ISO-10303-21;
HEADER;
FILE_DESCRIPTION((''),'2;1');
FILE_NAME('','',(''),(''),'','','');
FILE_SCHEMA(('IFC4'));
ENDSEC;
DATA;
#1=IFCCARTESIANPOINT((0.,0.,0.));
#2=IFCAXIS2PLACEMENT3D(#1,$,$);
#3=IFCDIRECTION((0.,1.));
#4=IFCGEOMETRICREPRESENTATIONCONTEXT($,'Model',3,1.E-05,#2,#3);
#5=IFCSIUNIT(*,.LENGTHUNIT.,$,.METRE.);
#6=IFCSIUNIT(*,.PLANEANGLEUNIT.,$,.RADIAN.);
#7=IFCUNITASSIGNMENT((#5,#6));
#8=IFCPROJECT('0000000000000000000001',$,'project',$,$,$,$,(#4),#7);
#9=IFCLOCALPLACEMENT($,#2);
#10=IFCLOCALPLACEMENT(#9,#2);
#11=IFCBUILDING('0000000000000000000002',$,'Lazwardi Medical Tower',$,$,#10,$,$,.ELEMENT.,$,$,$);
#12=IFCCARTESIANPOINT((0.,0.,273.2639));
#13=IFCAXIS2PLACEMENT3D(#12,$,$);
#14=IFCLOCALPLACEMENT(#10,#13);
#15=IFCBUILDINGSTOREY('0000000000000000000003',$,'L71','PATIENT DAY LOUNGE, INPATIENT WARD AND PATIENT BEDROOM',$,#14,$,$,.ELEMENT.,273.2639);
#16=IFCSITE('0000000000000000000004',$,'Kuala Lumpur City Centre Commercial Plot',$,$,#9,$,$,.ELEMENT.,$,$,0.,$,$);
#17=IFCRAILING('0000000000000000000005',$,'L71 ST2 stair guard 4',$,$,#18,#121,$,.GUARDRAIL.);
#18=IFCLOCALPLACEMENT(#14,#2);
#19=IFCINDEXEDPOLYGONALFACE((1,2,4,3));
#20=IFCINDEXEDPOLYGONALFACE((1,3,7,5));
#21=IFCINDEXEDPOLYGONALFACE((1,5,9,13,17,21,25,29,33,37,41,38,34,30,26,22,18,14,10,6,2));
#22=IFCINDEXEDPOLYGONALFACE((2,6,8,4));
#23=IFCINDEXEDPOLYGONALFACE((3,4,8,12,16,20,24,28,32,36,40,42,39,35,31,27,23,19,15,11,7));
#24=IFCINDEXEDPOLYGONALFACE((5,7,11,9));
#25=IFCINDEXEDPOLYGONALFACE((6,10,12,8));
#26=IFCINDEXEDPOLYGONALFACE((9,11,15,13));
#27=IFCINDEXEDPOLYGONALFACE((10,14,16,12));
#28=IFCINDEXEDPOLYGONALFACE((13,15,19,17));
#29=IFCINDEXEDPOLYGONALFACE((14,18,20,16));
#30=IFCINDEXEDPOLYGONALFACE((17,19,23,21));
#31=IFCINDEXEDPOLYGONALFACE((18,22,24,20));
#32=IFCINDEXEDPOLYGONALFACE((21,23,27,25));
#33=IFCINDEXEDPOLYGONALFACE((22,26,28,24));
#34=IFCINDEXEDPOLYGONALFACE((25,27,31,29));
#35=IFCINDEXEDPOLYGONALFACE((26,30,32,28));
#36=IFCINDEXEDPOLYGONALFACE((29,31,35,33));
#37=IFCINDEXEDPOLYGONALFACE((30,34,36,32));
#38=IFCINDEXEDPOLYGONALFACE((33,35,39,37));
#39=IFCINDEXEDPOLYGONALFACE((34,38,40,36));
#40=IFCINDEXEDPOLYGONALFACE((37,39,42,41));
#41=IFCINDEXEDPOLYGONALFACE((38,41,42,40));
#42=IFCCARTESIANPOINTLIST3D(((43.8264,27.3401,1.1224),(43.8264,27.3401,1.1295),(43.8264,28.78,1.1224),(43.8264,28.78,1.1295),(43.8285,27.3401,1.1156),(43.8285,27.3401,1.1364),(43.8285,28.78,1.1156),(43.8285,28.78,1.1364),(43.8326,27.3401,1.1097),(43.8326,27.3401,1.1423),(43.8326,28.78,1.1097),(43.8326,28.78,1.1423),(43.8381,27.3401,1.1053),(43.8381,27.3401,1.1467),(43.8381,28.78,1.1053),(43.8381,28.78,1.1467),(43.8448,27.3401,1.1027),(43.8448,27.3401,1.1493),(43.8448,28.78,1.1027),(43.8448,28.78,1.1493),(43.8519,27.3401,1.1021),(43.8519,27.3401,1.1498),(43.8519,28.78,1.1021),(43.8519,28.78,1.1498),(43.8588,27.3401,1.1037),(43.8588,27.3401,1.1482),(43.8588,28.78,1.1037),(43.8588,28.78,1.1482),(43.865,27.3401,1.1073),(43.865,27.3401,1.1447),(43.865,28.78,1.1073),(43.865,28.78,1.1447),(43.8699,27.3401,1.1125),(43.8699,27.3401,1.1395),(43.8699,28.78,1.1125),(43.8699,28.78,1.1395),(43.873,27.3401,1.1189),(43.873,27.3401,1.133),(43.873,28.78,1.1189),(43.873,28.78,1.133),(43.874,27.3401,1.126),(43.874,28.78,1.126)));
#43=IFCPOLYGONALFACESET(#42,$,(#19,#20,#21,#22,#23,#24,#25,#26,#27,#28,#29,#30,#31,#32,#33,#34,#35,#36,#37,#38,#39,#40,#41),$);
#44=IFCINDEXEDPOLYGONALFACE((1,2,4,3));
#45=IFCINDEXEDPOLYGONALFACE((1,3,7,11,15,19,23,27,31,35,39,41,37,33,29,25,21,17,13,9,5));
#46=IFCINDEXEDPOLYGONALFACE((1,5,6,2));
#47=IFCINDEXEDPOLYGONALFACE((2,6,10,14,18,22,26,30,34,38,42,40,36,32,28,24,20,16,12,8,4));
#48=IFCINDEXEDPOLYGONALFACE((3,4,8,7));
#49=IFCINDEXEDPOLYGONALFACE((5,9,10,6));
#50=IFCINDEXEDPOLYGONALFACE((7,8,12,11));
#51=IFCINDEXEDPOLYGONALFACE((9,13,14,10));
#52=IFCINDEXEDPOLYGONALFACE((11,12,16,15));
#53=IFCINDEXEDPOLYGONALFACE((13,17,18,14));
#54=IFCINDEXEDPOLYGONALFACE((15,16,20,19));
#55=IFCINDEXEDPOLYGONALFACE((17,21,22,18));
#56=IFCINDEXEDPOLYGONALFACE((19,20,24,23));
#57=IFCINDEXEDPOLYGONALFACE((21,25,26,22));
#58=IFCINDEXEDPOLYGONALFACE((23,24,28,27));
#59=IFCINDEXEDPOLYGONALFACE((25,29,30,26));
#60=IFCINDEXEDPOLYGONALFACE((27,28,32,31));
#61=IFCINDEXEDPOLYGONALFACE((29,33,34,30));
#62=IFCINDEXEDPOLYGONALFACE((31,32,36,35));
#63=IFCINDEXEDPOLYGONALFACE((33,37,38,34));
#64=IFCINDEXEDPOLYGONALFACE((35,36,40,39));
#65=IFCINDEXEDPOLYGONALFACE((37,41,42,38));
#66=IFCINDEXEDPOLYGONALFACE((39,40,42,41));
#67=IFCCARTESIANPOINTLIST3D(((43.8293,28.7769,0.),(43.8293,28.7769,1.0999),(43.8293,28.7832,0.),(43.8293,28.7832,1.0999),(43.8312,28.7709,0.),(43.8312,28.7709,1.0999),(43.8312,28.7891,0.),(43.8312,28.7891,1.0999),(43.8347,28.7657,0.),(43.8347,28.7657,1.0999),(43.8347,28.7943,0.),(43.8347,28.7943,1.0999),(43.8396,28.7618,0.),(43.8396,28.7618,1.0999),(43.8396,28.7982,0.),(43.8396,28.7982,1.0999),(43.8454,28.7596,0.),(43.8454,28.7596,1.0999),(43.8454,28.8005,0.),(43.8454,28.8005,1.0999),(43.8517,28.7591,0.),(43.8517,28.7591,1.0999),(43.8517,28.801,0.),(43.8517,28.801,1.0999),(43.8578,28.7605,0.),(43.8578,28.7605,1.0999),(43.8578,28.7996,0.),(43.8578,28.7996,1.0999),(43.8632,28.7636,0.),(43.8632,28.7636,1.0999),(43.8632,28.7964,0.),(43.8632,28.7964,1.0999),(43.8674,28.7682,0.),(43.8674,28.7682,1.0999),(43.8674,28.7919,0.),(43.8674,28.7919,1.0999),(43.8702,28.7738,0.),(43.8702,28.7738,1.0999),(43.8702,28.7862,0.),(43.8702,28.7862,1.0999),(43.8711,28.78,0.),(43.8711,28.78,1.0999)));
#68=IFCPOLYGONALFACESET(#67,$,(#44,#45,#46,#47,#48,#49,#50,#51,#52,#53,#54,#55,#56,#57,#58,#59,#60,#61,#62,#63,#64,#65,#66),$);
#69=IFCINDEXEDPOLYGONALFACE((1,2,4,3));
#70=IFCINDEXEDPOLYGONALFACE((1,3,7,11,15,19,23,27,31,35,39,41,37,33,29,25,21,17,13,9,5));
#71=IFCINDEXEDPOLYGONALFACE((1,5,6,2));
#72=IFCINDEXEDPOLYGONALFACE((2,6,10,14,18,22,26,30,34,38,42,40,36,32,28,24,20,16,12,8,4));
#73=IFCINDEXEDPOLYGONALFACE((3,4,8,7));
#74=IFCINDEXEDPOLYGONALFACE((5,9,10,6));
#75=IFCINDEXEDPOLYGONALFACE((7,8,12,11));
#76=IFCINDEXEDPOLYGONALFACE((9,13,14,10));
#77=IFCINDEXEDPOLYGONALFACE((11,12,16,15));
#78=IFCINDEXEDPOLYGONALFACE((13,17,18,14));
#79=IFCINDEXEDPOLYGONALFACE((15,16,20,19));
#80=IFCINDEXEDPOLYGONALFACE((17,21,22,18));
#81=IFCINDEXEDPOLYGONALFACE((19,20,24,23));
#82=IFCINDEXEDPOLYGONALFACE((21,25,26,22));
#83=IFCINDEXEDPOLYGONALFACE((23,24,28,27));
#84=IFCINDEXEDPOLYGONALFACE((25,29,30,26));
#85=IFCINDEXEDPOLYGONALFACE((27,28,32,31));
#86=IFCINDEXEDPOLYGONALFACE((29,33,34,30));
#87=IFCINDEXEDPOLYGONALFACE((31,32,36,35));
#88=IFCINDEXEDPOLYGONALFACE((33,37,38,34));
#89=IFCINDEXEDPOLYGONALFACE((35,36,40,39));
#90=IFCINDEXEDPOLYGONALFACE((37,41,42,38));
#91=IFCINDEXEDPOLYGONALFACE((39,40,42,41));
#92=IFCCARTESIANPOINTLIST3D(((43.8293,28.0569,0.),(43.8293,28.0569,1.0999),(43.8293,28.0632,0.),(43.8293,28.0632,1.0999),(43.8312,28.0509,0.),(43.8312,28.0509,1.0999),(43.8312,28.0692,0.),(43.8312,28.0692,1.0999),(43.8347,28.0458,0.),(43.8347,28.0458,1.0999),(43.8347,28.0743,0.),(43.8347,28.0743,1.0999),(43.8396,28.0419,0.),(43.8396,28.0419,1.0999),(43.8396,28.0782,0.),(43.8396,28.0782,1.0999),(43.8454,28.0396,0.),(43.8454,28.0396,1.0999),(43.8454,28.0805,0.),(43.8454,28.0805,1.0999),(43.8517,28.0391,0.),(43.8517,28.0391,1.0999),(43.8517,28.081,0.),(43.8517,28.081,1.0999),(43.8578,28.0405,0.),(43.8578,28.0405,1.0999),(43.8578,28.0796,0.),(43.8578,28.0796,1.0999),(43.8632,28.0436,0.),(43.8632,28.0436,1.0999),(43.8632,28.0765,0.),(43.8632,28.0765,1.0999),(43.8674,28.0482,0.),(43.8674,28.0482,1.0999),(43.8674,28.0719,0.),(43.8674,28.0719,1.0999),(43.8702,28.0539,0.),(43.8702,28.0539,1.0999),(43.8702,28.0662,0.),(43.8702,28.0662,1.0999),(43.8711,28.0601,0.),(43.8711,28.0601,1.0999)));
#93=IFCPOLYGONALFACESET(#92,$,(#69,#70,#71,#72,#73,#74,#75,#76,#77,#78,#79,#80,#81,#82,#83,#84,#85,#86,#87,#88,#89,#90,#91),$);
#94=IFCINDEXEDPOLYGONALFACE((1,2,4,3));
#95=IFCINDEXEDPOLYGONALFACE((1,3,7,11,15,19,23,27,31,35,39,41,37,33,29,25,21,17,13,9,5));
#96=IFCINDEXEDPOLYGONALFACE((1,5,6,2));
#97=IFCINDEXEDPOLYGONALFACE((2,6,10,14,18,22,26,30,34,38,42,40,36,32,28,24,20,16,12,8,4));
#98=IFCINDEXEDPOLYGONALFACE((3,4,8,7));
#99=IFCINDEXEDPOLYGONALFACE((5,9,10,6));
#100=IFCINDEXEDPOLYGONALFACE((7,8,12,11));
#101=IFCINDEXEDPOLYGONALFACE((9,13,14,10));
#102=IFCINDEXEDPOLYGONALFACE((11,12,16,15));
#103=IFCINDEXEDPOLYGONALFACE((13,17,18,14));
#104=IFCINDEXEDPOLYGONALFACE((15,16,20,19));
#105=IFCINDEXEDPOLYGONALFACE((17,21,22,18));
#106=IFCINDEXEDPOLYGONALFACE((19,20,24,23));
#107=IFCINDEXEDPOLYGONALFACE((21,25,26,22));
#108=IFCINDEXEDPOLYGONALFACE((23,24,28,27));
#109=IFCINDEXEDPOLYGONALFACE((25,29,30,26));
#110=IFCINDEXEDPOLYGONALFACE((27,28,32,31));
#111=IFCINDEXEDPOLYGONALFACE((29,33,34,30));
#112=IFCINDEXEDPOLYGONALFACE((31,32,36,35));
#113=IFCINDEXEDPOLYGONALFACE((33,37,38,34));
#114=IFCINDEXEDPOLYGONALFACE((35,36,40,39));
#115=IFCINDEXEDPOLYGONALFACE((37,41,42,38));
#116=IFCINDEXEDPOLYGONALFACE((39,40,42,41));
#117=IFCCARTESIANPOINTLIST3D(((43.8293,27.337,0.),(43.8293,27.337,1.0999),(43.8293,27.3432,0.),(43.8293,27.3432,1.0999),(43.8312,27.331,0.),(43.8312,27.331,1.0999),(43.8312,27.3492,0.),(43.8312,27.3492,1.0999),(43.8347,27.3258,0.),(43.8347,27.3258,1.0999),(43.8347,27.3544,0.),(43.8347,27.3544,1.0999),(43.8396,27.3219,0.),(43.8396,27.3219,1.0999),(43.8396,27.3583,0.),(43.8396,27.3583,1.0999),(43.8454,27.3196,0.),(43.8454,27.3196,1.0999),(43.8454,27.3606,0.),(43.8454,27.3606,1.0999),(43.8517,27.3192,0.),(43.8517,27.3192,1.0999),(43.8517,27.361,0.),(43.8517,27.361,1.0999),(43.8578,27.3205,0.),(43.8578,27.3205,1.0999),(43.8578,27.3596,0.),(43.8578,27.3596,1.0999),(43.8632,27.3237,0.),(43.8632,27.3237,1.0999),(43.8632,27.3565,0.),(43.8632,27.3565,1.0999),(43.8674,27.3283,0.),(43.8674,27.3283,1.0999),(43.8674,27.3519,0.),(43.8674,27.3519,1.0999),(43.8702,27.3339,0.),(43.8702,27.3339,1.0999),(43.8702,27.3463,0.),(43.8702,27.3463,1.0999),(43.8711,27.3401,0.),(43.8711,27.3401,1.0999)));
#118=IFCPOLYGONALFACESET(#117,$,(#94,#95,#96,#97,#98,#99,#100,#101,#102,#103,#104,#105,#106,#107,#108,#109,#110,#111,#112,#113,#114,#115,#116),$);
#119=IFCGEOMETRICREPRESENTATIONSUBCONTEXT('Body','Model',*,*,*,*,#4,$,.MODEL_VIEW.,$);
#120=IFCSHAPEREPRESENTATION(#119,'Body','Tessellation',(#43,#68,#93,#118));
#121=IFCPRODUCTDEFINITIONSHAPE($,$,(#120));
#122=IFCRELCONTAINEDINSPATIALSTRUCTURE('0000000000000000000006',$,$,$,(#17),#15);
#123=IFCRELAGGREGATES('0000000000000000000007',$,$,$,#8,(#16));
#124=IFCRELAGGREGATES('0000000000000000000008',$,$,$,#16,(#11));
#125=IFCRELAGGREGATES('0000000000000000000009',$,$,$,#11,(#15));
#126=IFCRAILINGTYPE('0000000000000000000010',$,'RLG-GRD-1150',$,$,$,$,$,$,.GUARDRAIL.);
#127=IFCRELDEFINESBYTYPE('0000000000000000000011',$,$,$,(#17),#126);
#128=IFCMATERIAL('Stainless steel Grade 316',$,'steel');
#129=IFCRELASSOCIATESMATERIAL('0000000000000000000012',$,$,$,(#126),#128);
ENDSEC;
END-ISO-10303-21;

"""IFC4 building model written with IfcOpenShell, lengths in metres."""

from ifc_helpers import new_model, si_unit, direction, frame, origin, origin_2d, place, context, subcontext, project, spatial, circle, extrude, material, type_object, element, save


model = new_model("IFC4")

# Units and contexts
model_context = context("Model", 3, precision=1e-05, world=origin(), true_north=direction((0.0, 1.0)))
body_context = subcontext(model_context, "Body", "Model", "MODEL_VIEW")
ifc_project = project(units=[si_unit("LENGTHUNIT", "METRE"), si_unit("PLANEANGLEUNIT", "RADIAN")], contexts=[model_context])

# Site, building, storey
site_placement = place(None, origin())
site = spatial("IfcSite", under=ifc_project, at=site_placement, Name="Kuala Lumpur City Centre Commercial Plot", CompositionType="ELEMENT", RefElevation=0.0)
building_placement = place(site_placement, origin())
building = spatial("IfcBuilding", under=site, at=building_placement, Name="Lazwardi Medical Tower", CompositionType="ELEMENT")
storey_placement = place(building_placement, frame((0.0, 0.0, 273.2639)))
storey = spatial("IfcBuildingStorey", under=building, at=storey_placement, Name="L71", Description="PATIENT DAY LOUNGE, INPATIENT WARD AND PATIENT BEDROOM", CompositionType="ELEMENT", Elevation=273.2639)

# Railing
ifc_material_1 = material(Name="Stainless steel Grade 316", Category="steel")
railing_type_1 = type_object("IfcRailingType", Name="RLG-GRD-1150", PredefinedType="GUARDRAIL", material=ifc_material_1)
railing_1_placement = place(storey_placement, frame((43.8501, 28.78, 0.0)))
element("IfcRailing", 1, at=railing_1_placement, inside=storey, type_object=railing_type_1, Name="L71 ST2 stair guard 4", PredefinedType="GUARDRAIL", context=body_context, shape_type="SweptSolid", body=[
    extrude(circle(Radius=0.0239, at=origin_2d()), frame((0.0, 0.0, 1.126), z_axis=(0.0, -1.0, 0.0), x_axis=(1.0, 0.0, 0.0)), (0.0, 0.0, 1.0), 1.4399),
    extrude(circle(Radius=0.021, at=origin_2d()), origin(), (0.0, 0.0, 1.0), 1.0999),
    extrude(circle(Radius=0.021, at=origin_2d()), frame((0.0, -0.72, 0.0)), (0.0, 0.0, 1.0), 1.0999),
    extrude(circle(Radius=0.021, at=origin_2d()), frame((0.0, -1.4399, 0.0)), (0.0, 0.0, 1.0), 1.0999),
])

save(model, "model.ifc")
